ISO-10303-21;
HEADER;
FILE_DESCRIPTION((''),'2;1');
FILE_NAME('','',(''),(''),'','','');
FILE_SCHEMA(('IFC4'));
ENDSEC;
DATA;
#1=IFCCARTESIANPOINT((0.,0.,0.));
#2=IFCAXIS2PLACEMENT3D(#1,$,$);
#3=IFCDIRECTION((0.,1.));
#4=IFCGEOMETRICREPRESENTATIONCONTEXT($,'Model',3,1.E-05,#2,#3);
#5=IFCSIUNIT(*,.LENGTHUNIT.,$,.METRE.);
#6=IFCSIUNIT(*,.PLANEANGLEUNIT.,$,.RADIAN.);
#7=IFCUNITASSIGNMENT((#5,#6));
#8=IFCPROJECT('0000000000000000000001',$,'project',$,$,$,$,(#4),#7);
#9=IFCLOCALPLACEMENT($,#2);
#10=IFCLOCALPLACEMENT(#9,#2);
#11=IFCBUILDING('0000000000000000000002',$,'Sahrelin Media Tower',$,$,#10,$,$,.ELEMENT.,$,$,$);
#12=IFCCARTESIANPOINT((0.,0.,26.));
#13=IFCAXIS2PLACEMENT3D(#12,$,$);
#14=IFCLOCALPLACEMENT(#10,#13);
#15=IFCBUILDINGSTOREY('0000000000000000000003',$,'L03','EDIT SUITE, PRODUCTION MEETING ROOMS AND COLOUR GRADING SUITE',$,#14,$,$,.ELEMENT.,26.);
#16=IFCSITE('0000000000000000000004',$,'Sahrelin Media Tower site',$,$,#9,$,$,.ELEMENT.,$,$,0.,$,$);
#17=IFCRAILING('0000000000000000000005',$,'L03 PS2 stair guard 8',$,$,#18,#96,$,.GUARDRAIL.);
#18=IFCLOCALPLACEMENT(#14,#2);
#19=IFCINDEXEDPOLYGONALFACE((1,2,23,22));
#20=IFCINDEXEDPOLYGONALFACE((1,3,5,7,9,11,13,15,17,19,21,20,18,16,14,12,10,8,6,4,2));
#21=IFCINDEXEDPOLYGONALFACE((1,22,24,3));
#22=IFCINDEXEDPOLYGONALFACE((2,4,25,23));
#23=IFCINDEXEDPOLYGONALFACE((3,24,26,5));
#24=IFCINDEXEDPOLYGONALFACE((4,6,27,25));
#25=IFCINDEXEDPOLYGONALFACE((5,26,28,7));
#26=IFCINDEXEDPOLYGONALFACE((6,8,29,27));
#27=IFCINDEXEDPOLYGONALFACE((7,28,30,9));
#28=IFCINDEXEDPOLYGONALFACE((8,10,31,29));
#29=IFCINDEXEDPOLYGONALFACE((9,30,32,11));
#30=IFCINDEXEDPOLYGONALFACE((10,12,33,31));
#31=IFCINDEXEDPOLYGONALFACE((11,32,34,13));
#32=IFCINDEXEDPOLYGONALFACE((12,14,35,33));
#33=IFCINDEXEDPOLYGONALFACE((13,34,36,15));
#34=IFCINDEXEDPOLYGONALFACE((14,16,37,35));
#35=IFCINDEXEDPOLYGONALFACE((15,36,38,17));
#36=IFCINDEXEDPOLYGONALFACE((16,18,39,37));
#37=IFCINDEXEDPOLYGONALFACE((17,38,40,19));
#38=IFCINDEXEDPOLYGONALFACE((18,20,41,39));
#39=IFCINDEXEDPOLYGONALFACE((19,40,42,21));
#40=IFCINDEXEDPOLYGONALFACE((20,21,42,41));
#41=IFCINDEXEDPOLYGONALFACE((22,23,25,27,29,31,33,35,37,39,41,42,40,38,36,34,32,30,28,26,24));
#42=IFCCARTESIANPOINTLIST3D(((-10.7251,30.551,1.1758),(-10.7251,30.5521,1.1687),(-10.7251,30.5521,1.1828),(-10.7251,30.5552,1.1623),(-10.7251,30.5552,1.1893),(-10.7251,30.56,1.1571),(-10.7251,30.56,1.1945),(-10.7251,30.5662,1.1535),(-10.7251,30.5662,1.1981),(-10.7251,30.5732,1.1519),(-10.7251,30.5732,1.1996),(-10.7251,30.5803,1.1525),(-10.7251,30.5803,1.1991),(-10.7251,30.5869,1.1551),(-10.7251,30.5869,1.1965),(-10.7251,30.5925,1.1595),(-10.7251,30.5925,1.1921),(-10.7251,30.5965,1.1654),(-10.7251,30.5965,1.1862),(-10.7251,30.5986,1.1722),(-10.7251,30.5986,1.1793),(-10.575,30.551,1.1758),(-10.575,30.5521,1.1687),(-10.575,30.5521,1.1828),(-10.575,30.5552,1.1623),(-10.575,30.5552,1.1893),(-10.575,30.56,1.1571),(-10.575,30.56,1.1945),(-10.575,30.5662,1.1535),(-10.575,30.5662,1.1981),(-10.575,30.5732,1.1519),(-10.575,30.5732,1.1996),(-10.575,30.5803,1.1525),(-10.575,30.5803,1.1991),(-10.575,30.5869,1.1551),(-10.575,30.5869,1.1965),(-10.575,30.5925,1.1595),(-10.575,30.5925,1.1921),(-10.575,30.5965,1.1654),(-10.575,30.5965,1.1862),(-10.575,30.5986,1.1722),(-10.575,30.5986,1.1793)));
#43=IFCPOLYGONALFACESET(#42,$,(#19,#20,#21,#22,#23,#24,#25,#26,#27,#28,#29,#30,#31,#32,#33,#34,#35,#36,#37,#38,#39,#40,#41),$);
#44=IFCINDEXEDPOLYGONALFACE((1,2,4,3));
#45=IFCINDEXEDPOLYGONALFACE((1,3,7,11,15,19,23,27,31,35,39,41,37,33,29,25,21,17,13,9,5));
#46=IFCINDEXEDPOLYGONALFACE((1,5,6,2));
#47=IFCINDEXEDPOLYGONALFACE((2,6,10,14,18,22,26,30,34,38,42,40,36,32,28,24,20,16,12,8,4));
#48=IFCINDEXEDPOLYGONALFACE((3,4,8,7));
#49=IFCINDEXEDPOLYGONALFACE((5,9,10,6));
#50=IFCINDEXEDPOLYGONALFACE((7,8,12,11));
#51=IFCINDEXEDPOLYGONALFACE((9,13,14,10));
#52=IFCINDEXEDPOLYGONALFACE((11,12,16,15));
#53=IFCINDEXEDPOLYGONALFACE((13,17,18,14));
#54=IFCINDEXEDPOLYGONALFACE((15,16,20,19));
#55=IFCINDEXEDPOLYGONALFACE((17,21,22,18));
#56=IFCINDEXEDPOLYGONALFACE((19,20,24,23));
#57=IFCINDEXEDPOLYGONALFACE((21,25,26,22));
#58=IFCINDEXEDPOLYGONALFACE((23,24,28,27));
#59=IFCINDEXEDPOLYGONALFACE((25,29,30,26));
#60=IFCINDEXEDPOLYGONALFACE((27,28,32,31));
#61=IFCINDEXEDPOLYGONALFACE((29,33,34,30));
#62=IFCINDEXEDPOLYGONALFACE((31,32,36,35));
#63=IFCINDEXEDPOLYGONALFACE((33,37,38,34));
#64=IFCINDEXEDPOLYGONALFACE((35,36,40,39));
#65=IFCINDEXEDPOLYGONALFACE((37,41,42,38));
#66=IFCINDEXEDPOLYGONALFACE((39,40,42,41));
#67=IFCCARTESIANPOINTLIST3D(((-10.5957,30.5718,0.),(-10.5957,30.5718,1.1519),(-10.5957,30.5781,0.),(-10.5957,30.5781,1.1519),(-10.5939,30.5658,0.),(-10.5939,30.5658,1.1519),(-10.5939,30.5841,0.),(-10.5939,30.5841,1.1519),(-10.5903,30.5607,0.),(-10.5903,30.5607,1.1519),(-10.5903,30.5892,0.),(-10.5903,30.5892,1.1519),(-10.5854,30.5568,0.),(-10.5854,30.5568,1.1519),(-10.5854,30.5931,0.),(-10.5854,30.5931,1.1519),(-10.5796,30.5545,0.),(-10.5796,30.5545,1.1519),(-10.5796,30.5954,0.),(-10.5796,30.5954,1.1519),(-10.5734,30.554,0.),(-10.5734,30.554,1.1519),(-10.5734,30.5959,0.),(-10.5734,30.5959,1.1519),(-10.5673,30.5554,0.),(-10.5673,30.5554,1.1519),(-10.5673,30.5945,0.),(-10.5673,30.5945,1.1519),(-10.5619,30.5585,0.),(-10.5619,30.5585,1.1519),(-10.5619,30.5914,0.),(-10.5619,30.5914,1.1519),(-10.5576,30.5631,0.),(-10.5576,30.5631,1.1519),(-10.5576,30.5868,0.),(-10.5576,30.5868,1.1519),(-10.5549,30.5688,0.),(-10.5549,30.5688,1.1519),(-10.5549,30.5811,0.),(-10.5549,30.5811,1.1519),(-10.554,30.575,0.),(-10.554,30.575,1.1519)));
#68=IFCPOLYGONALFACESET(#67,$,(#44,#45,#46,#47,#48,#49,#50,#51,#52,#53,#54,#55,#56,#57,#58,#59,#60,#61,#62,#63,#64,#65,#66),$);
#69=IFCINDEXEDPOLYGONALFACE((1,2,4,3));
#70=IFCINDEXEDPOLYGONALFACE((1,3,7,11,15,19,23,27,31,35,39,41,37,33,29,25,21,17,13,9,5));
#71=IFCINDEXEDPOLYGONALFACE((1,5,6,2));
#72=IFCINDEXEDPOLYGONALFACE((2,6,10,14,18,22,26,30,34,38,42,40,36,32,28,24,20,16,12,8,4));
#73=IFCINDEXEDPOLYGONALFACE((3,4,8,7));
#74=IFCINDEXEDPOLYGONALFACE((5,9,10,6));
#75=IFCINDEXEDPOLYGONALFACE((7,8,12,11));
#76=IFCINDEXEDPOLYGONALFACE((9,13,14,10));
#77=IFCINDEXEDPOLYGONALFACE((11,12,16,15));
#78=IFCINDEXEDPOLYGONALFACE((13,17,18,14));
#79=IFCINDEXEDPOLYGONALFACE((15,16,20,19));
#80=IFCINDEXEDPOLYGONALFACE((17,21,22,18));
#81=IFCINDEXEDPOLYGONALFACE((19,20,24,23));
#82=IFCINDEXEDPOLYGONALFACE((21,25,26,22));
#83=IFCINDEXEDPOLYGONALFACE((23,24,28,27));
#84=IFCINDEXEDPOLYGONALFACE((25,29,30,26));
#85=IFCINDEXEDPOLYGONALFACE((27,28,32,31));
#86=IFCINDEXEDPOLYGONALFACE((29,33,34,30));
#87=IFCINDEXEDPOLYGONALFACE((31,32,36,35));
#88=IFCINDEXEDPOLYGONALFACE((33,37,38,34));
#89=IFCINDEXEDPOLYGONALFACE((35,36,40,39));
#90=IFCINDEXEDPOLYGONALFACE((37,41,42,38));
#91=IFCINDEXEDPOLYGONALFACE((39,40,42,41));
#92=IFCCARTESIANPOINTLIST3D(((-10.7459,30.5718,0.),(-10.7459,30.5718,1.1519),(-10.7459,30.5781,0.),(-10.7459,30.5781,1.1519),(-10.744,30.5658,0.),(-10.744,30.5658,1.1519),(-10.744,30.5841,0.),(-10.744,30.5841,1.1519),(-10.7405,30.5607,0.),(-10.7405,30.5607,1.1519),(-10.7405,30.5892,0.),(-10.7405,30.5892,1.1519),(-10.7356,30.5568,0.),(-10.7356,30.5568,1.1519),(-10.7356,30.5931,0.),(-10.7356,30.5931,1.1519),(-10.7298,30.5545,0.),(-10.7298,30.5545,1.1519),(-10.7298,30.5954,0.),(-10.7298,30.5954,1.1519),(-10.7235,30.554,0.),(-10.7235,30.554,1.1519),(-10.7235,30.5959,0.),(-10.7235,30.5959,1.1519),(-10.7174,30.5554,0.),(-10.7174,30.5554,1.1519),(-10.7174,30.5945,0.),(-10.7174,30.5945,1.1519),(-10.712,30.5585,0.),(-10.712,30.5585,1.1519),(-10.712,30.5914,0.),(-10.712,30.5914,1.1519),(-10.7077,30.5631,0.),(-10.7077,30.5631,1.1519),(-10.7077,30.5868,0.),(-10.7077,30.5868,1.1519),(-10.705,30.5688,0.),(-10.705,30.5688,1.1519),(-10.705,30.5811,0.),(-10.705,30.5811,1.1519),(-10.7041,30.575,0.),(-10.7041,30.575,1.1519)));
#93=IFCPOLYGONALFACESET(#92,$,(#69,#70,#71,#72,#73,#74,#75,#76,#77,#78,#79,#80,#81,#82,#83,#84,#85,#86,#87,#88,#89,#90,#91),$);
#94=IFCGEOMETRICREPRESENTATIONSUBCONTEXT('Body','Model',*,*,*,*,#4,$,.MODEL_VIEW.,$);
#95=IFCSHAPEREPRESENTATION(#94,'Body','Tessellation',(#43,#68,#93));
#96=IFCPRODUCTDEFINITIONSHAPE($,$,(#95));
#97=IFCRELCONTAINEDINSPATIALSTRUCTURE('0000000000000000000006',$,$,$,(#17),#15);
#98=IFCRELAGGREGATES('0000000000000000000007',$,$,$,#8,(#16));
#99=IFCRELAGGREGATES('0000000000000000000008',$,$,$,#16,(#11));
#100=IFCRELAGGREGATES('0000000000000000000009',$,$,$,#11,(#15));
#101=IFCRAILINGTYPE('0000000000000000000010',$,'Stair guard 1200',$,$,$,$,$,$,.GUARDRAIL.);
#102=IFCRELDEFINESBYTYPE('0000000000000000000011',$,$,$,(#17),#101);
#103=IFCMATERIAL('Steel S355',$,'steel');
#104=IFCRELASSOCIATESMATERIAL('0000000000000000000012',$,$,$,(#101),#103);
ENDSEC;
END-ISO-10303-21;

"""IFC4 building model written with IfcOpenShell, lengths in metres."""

from ifc_helpers import new_model, si_unit, direction, frame, origin, origin_2d, place, context, subcontext, project, spatial, circle, extrude, material, type_object, element, save


model = new_model("IFC4")

# Units and contexts
model_context = context("Model", 3, precision=1e-05, world=origin(), true_north=direction((0.0, 1.0)))
body_context = subcontext(model_context, "Body", "Model", "MODEL_VIEW")
ifc_project = project(units=[si_unit("LENGTHUNIT", "METRE"), si_unit("PLANEANGLEUNIT", "RADIAN")], contexts=[model_context])

# Site, building, storey
site_placement = place(None, origin())
site = spatial("IfcSite", under=ifc_project, at=site_placement, Name="Sahrelin Media Tower site", CompositionType="ELEMENT", RefElevation=0.0)
building_placement = place(site_placement, origin())
building = spatial("IfcBuilding", under=site, at=building_placement, Name="Sahrelin Media Tower", CompositionType="ELEMENT")
storey_placement = place(building_placement, frame((0.0, 0.0, 26.0)))
storey = spatial("IfcBuildingStorey", under=building, at=storey_placement, Name="L03", Description="EDIT SUITE, PRODUCTION MEETING ROOMS AND COLOUR GRADING SUITE", CompositionType="ELEMENT", Elevation=26.0)

# Shared definitions
ifc_material_1 = material(Name="Steel S355", Category="steel")

# Railing
railing_type_1 = type_object("IfcRailingType", Name="Stair guard 1200", PredefinedType="GUARDRAIL", material=ifc_material_1)
railing_1_placement = place(storey_placement, frame((-10.575, 30.575, 0.0)))
element("IfcRailing", 1, at=railing_1_placement, inside=storey, type_object=railing_type_1, Name="L03 PS2 stair guard 8", PredefinedType="GUARDRAIL", context=body_context, shape_type="SweptSolid", body=[
    extrude(circle(Radius=0.0239, at=origin_2d()), frame((0.0, 0.0, 1.1758), z_axis=(-1.0, 0.0, 0.0), x_axis=(0.0, -1.0, 0.0)), (0.0, 0.0, 1.0), 0.1501),
    extrude(circle(Radius=0.021, at=origin_2d()), origin(), (0.0, 0.0, 1.0), 1.1519),
    extrude(circle(Radius=0.021, at=origin_2d()), frame((-0.1501, 0.0, 0.0)), (0.0, 0.0, 1.0), 1.1519),
])

save(model, "model.ifc")
